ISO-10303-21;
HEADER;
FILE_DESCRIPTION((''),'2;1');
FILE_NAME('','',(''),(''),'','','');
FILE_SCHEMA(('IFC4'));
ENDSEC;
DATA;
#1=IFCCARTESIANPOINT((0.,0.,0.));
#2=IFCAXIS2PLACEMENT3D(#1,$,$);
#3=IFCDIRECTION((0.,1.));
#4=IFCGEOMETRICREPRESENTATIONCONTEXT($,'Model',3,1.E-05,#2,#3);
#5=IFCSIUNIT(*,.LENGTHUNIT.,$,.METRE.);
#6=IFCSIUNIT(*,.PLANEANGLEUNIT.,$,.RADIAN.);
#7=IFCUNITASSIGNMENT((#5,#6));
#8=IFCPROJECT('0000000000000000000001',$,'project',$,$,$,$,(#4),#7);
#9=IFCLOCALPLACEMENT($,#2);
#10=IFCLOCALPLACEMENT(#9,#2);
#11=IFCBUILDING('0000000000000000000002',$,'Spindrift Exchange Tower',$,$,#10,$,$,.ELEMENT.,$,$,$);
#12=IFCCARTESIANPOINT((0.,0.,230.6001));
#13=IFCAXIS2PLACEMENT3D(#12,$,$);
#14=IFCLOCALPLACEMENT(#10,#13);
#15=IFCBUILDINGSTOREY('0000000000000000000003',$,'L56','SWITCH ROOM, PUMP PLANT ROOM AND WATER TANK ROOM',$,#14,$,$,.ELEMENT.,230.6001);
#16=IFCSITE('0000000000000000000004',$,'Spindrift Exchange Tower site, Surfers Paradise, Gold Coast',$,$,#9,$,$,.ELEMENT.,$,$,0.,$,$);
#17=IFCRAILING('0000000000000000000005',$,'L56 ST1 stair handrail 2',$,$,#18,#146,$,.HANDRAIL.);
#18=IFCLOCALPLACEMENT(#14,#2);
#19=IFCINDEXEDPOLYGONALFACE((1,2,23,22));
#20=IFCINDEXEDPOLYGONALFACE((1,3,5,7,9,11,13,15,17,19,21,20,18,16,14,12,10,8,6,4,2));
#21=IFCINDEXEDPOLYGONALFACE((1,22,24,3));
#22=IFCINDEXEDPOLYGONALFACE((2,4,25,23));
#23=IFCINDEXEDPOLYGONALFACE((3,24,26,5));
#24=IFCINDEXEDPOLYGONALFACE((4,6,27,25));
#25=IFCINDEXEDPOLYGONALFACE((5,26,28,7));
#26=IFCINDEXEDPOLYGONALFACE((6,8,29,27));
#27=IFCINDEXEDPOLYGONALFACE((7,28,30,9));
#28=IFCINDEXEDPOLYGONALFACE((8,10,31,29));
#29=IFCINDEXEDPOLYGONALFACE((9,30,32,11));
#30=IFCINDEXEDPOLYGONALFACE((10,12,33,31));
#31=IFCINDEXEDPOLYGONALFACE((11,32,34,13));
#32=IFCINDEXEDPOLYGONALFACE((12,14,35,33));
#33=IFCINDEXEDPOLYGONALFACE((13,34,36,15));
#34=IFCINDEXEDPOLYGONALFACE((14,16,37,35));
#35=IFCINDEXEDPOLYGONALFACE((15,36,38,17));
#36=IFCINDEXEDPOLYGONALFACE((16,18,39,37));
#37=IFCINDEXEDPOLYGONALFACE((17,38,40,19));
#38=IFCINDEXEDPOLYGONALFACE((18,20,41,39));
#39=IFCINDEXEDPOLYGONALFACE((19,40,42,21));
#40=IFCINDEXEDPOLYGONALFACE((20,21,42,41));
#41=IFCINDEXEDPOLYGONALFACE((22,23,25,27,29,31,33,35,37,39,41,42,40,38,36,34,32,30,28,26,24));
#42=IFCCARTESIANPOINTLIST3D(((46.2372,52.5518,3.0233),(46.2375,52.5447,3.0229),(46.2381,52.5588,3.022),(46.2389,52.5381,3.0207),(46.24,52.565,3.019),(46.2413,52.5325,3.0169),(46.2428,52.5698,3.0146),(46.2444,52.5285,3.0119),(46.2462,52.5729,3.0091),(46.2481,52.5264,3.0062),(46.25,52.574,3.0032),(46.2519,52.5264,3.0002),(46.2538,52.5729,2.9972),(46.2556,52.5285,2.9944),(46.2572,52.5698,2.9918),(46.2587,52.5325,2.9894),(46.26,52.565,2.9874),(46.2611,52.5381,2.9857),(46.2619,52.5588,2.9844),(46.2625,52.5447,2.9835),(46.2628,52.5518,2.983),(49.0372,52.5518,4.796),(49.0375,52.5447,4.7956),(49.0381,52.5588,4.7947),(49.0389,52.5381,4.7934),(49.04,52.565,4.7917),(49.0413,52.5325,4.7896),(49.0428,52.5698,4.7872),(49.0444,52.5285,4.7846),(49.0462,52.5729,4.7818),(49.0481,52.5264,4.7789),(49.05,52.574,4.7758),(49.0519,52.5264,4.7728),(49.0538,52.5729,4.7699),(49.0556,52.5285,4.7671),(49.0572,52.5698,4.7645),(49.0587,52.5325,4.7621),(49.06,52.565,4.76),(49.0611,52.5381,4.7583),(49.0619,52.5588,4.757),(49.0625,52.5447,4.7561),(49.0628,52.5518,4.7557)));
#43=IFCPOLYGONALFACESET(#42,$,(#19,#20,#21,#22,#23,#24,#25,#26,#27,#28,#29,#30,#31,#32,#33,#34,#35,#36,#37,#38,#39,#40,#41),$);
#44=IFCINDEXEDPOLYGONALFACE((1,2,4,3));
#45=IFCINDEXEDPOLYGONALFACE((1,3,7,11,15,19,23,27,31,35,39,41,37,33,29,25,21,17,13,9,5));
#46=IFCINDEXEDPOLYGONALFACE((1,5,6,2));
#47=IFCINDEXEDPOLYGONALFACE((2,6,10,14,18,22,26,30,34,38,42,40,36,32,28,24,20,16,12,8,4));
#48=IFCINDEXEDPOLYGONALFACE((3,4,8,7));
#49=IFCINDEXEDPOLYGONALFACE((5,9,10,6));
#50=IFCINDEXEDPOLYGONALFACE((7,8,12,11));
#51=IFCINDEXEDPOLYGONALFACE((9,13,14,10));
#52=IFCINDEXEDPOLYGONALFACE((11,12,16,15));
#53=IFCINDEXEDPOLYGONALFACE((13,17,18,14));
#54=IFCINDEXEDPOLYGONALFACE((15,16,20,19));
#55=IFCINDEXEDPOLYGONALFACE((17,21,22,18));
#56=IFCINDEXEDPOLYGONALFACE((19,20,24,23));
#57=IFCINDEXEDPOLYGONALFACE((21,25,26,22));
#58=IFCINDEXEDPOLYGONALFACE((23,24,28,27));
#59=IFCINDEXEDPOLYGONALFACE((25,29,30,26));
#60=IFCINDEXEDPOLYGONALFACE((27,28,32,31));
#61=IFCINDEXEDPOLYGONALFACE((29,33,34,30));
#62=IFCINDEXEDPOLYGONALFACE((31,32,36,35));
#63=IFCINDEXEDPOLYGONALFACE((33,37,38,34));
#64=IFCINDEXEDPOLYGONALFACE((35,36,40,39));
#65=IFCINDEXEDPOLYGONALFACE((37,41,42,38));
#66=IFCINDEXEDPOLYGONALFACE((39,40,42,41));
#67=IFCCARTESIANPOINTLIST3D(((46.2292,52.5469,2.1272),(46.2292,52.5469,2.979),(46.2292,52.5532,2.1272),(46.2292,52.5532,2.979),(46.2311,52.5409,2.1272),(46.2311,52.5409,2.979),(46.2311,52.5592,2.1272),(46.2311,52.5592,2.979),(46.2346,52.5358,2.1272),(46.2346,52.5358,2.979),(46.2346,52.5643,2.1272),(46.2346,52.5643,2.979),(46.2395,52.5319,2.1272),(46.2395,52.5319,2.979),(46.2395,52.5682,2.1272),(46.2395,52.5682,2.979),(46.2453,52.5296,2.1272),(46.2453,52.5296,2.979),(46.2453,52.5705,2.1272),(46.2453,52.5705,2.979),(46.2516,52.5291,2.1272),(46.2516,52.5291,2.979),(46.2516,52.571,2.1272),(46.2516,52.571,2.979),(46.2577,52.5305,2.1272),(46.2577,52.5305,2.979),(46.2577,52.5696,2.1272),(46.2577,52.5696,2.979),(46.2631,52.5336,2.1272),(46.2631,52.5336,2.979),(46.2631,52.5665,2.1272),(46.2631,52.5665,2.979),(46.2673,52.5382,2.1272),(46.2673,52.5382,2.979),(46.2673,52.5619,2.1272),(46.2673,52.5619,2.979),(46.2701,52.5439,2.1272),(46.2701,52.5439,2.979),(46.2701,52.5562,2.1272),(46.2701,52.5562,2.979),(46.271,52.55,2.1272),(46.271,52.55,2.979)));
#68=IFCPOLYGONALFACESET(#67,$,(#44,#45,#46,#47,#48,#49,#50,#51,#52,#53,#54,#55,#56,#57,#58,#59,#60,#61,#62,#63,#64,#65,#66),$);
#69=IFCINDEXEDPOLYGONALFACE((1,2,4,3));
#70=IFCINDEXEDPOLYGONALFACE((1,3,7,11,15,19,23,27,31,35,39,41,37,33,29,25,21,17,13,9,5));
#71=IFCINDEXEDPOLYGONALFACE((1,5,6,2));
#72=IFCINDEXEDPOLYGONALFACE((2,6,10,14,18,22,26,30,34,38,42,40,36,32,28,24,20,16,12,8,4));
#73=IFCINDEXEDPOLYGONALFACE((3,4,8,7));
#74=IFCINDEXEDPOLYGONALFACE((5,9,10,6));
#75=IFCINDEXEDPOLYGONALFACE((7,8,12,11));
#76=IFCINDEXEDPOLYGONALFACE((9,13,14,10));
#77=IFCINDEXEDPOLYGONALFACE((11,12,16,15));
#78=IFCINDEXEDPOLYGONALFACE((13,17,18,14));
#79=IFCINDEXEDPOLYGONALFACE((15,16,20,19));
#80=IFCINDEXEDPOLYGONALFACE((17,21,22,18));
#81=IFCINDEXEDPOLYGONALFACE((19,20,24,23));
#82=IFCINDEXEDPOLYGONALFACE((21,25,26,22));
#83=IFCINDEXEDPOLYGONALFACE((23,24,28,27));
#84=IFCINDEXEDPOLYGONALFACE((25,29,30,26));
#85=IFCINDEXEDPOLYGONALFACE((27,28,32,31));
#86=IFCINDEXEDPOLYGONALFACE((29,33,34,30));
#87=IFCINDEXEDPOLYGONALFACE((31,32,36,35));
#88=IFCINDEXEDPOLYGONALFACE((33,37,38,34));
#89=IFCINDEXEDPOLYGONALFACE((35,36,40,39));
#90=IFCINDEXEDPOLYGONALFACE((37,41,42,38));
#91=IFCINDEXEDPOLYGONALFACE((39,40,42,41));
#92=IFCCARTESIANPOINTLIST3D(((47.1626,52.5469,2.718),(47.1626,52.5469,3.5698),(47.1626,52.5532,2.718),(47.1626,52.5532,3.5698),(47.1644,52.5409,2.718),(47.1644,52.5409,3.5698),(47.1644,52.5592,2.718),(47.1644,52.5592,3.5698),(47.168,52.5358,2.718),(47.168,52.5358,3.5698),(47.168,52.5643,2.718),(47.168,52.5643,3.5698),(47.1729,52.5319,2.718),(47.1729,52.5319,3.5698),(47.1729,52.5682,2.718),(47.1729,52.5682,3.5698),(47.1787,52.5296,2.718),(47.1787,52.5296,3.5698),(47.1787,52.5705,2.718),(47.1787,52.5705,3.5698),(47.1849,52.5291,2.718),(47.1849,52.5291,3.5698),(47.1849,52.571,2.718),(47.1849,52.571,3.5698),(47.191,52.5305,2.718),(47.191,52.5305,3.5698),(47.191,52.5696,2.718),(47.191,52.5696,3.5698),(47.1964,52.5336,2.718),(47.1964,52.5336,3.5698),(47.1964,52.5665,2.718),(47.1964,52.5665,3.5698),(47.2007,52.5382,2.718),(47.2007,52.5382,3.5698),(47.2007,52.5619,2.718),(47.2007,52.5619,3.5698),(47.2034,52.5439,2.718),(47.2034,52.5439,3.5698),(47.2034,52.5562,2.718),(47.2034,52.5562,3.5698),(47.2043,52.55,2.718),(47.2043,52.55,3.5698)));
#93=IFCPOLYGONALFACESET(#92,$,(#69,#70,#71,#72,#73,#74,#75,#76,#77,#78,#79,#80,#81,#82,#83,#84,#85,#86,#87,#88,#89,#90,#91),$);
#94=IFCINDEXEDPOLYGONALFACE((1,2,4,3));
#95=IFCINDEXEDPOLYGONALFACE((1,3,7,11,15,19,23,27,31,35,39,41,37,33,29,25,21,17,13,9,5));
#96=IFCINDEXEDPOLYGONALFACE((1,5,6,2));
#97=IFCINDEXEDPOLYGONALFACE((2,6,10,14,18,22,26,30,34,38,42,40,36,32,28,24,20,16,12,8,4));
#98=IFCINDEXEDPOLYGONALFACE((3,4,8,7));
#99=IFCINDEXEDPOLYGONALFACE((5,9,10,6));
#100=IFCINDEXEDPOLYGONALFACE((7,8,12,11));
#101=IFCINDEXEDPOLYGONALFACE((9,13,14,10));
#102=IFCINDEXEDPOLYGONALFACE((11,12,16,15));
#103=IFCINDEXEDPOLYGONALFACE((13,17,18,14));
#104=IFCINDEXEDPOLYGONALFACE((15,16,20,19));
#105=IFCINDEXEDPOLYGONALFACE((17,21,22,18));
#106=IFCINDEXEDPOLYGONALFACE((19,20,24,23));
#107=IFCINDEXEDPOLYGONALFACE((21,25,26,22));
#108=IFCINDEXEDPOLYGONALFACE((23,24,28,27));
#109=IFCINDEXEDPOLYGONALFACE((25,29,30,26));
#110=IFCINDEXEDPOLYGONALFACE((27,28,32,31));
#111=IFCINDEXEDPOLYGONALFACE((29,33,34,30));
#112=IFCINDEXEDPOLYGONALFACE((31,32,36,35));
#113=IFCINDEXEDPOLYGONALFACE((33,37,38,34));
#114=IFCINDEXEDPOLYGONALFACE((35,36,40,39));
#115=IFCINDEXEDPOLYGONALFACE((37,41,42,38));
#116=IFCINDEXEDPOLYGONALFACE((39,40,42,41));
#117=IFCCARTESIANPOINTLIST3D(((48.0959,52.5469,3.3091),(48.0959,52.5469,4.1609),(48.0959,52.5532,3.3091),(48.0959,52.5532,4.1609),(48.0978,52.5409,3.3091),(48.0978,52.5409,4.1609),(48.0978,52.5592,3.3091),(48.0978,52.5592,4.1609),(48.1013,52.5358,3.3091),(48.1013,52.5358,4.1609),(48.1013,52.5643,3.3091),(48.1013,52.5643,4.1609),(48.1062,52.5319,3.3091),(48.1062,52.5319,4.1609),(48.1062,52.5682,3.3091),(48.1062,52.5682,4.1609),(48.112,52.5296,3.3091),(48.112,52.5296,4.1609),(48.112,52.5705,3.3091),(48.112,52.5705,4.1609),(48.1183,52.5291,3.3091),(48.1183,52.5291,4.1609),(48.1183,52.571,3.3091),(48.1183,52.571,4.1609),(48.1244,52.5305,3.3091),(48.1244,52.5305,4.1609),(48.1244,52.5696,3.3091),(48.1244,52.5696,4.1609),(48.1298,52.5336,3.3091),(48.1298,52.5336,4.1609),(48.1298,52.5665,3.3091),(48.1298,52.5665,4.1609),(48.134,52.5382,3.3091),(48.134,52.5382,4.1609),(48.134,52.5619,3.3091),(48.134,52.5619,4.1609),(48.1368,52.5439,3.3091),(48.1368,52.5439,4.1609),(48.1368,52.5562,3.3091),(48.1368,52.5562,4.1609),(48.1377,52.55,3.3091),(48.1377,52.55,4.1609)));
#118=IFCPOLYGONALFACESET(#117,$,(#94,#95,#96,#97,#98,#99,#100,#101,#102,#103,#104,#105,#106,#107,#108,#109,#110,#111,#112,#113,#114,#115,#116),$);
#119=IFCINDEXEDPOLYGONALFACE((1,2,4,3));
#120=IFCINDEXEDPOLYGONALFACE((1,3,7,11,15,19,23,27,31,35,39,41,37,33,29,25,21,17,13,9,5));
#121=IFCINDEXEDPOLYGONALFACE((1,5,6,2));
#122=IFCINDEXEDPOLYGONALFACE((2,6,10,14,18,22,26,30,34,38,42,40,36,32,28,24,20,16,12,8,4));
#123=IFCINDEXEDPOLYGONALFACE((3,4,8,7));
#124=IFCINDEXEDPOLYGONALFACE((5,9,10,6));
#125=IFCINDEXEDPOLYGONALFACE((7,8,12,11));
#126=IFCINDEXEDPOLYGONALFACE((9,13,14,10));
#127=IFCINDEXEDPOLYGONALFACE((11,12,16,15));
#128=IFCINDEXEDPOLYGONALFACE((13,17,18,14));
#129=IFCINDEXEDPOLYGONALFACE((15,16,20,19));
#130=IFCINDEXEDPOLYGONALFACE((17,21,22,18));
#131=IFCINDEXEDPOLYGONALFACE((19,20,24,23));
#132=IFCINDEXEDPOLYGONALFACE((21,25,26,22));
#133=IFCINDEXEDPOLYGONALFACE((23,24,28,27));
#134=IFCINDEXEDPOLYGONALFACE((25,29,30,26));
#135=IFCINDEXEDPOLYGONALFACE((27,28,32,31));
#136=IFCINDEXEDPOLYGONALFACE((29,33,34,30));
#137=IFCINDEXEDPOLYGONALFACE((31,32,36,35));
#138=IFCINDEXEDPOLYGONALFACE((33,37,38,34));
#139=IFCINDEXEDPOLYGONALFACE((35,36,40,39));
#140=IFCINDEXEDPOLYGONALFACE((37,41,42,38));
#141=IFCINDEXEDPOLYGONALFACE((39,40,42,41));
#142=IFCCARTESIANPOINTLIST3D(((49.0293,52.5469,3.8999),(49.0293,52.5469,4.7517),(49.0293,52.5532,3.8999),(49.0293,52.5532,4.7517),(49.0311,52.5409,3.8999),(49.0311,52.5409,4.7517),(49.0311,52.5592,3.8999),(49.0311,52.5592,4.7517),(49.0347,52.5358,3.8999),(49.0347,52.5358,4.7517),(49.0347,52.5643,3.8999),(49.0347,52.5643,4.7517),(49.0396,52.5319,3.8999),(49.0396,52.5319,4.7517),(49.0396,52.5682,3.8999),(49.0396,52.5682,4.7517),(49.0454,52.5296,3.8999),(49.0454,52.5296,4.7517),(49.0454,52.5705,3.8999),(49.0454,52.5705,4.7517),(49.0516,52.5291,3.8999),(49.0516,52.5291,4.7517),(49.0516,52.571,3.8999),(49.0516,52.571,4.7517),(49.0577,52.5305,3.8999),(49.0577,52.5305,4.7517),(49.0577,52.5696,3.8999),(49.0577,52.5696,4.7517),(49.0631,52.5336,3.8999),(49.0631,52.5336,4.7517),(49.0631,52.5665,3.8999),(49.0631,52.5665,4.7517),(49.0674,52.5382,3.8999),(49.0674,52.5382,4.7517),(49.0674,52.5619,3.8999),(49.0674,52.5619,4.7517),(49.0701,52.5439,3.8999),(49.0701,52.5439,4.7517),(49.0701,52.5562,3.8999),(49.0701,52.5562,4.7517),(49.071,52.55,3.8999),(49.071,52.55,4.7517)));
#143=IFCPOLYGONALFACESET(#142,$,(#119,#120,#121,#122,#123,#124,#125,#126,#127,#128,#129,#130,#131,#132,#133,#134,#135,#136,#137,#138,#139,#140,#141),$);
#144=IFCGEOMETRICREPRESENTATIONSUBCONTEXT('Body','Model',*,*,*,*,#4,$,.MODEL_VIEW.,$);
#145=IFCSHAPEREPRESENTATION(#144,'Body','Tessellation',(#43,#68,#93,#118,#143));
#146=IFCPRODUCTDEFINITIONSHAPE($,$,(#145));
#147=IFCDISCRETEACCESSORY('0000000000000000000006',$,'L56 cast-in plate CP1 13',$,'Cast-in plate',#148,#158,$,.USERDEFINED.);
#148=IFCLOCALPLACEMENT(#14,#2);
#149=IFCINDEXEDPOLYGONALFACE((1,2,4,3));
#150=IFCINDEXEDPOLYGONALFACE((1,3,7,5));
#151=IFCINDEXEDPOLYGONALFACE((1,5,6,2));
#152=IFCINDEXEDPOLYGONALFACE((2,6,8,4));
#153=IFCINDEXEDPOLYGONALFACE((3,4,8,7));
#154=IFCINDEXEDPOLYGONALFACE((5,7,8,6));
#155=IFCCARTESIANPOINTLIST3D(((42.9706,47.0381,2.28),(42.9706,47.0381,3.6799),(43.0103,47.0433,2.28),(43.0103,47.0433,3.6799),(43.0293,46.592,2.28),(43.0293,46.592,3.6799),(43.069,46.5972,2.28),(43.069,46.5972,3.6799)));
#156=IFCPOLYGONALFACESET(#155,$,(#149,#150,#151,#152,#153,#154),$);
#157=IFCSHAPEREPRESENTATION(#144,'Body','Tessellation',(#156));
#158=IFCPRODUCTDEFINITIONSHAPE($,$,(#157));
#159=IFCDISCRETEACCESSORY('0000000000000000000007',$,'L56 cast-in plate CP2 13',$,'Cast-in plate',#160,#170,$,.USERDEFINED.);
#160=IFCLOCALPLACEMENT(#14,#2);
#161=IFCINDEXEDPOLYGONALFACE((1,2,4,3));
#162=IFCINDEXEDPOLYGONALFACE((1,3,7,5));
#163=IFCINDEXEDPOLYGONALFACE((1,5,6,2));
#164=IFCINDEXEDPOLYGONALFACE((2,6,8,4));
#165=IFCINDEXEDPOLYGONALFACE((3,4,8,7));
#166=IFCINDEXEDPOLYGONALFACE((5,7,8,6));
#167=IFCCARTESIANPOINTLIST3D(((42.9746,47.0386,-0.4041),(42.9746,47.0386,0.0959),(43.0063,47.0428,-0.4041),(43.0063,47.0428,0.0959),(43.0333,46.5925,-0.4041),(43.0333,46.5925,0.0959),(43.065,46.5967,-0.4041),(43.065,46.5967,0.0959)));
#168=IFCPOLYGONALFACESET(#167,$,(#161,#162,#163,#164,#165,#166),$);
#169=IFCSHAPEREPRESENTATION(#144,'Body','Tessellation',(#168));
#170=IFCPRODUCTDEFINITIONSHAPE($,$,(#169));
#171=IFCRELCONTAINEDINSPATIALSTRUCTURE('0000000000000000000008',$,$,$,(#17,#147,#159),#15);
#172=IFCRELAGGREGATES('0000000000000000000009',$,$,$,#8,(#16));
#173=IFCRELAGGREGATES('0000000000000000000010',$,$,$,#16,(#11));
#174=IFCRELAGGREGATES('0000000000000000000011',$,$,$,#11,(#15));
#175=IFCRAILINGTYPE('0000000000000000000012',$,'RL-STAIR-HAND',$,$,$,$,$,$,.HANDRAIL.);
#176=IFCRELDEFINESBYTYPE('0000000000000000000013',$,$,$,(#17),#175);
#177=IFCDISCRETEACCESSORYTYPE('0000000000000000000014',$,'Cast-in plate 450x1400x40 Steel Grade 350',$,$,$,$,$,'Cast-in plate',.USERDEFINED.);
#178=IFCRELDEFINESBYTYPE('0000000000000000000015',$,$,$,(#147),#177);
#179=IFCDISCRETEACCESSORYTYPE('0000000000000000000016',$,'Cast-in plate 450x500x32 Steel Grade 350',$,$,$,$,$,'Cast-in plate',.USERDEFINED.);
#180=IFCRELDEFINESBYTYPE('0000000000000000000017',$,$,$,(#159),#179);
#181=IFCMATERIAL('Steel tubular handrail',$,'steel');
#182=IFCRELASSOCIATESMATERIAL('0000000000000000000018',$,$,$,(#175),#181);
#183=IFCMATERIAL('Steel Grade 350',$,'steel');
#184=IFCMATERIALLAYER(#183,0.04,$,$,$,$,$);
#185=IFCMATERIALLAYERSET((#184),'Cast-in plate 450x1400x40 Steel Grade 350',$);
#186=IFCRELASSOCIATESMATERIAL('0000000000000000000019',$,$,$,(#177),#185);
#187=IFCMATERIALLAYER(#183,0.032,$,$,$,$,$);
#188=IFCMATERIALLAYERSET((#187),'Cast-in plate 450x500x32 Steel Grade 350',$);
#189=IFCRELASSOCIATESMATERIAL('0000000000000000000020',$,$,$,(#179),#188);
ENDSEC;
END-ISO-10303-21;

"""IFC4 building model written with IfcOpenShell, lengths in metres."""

from ifc_helpers import new_model, si_unit, direction, frame, origin, origin_2d, place, context, subcontext, project, spatial, rectangle, circle, extrude, source, transform, mapped, material, layer, layer_set, type_object, element, save


model = new_model("IFC4")

# Units and contexts
model_context = context("Model", 3, precision=1e-05, world=origin(), true_north=direction((0.0, 1.0)))
body_context = subcontext(model_context, "Body", "Model", "MODEL_VIEW")
ifc_project = project(units=[si_unit("LENGTHUNIT", "METRE"), si_unit("PLANEANGLEUNIT", "RADIAN")], contexts=[model_context])

# Site, building, storey
site_placement = place(None, origin())
site = spatial("IfcSite", under=ifc_project, at=site_placement, Name="Spindrift Exchange Tower site, Surfers Paradise, Gold Coast", CompositionType="ELEMENT", RefElevation=0.0)
building_placement = place(site_placement, origin())
building = spatial("IfcBuilding", under=site, at=building_placement, Name="Spindrift Exchange Tower", CompositionType="ELEMENT")
storey_placement = place(building_placement, frame((0.0, 0.0, 230.6001)))
storey = spatial("IfcBuildingStorey", under=building, at=storey_placement, Name="L56", Description="SWITCH ROOM, PUMP PLANT ROOM AND WATER TANK ROOM", CompositionType="ELEMENT", Elevation=230.6001)

# Railing
ifc_material_1 = material(Name="Steel tubular handrail", Category="steel")
railing_type_1 = type_object("IfcRailingType", Name="RL-STAIR-HAND", PredefinedType="HANDRAIL", material=ifc_material_1)
railing_1_placement = place(storey_placement, frame((46.25, 52.55, 2.1272)))
element("IfcRailing", 1, at=railing_1_placement, inside=storey, type_object=railing_type_1, Name="L56 ST1 stair handrail 2", PredefinedType="HANDRAIL", context=body_context, shape_type="SweptSolid", body=[
    extrude(circle(Radius=0.0239, at=origin_2d()), frame((0.0, 0.0, 0.876), z_axis=(0.844909, 0.0, 0.53491), x_axis=(0.0, 1.0, 0.0)), (0.0, 0.0, 1.0), 3.314),
    extrude(circle(Radius=0.021, at=origin_2d()), origin(), (0.0, 0.0, 1.0), 0.8518),
    extrude(circle(Radius=0.021, at=origin_2d()), frame((0.9333, 0.0, 0.5908)), (0.0, 0.0, 1.0), 0.8518),
    extrude(circle(Radius=0.021, at=origin_2d()), frame((1.8667, 0.0, 1.1819)), (0.0, 0.0, 1.0), 0.8518),
    extrude(circle(Radius=0.021, at=origin_2d()), frame((2.8, 0.0, 1.7727)), (0.0, 0.0, 1.0), 0.8518),
])

# Discrete accessories
ifc_material_2 = material(Name="Steel Grade 350", Category="steel")
ifc_layer_1 = layer(ifc_material_2, 0.04)
ifc_layer_set_1 = layer_set([ifc_layer_1], Name="Cast-in plate 450x1400x40 Steel Grade 350")
discrete_accessory_type_1 = type_object("IfcDiscreteAccessoryType", Name="Cast-in plate 450x1400x40 Steel Grade 350", ElementType="Cast-in plate", PredefinedType="USERDEFINED", material=ifc_layer_set_1)
shared_shape_1 = source(origin(), body_context, "Body", "SweptSolid", [
    extrude(rectangle(XDim=0.04, YDim=0.45, at=origin_2d()), origin(), (0.0, 0.0, 1.0), 1.3999),
])
discrete_accessory_1_placement = place(storey_placement, frame((43.0198, 46.8176, 2.28), z_axis=(0.0, 0.0, 1.0), x_axis=(-0.991445, -0.130526, 0.0)))
element("IfcDiscreteAccessory", 2, at=discrete_accessory_1_placement, inside=storey, type_object=discrete_accessory_type_1, Name="L56 cast-in plate CP1 13", ObjectType="Cast-in plate", PredefinedType="USERDEFINED", context=body_context, shape_type="MappedRepresentation", body=[
    mapped(shared_shape_1, transform((0.0, 0.0, 0.0), scale=1.0)),
])
ifc_layer_2 = layer(ifc_material_2, 0.032)
ifc_layer_set_2 = layer_set([ifc_layer_2], Name="Cast-in plate 450x500x32 Steel Grade 350")
discrete_accessory_type_2 = type_object("IfcDiscreteAccessoryType", Name="Cast-in plate 450x500x32 Steel Grade 350", ElementType="Cast-in plate", PredefinedType="USERDEFINED", material=ifc_layer_set_2)
shared_shape_2 = source(origin(), body_context, "Body", "SweptSolid", [
    extrude(rectangle(XDim=0.032, YDim=0.45, at=origin_2d()), origin(), (0.0, 0.0, 1.0), 0.5),
])
discrete_accessory_2_placement = place(storey_placement, frame((43.0198, 46.8176, -0.4041), z_axis=(0.0, 0.0, 1.0), x_axis=(-0.991445, -0.130526, 0.0)))
element("IfcDiscreteAccessory", 3, at=discrete_accessory_2_placement, inside=storey, type_object=discrete_accessory_type_2, Name="L56 cast-in plate CP2 13", ObjectType="Cast-in plate", PredefinedType="USERDEFINED", context=body_context, shape_type="MappedRepresentation", body=[
    mapped(shared_shape_2, transform((0.0, 0.0, 0.0), scale=1.0)),
])

save(model, "model.ifc")
